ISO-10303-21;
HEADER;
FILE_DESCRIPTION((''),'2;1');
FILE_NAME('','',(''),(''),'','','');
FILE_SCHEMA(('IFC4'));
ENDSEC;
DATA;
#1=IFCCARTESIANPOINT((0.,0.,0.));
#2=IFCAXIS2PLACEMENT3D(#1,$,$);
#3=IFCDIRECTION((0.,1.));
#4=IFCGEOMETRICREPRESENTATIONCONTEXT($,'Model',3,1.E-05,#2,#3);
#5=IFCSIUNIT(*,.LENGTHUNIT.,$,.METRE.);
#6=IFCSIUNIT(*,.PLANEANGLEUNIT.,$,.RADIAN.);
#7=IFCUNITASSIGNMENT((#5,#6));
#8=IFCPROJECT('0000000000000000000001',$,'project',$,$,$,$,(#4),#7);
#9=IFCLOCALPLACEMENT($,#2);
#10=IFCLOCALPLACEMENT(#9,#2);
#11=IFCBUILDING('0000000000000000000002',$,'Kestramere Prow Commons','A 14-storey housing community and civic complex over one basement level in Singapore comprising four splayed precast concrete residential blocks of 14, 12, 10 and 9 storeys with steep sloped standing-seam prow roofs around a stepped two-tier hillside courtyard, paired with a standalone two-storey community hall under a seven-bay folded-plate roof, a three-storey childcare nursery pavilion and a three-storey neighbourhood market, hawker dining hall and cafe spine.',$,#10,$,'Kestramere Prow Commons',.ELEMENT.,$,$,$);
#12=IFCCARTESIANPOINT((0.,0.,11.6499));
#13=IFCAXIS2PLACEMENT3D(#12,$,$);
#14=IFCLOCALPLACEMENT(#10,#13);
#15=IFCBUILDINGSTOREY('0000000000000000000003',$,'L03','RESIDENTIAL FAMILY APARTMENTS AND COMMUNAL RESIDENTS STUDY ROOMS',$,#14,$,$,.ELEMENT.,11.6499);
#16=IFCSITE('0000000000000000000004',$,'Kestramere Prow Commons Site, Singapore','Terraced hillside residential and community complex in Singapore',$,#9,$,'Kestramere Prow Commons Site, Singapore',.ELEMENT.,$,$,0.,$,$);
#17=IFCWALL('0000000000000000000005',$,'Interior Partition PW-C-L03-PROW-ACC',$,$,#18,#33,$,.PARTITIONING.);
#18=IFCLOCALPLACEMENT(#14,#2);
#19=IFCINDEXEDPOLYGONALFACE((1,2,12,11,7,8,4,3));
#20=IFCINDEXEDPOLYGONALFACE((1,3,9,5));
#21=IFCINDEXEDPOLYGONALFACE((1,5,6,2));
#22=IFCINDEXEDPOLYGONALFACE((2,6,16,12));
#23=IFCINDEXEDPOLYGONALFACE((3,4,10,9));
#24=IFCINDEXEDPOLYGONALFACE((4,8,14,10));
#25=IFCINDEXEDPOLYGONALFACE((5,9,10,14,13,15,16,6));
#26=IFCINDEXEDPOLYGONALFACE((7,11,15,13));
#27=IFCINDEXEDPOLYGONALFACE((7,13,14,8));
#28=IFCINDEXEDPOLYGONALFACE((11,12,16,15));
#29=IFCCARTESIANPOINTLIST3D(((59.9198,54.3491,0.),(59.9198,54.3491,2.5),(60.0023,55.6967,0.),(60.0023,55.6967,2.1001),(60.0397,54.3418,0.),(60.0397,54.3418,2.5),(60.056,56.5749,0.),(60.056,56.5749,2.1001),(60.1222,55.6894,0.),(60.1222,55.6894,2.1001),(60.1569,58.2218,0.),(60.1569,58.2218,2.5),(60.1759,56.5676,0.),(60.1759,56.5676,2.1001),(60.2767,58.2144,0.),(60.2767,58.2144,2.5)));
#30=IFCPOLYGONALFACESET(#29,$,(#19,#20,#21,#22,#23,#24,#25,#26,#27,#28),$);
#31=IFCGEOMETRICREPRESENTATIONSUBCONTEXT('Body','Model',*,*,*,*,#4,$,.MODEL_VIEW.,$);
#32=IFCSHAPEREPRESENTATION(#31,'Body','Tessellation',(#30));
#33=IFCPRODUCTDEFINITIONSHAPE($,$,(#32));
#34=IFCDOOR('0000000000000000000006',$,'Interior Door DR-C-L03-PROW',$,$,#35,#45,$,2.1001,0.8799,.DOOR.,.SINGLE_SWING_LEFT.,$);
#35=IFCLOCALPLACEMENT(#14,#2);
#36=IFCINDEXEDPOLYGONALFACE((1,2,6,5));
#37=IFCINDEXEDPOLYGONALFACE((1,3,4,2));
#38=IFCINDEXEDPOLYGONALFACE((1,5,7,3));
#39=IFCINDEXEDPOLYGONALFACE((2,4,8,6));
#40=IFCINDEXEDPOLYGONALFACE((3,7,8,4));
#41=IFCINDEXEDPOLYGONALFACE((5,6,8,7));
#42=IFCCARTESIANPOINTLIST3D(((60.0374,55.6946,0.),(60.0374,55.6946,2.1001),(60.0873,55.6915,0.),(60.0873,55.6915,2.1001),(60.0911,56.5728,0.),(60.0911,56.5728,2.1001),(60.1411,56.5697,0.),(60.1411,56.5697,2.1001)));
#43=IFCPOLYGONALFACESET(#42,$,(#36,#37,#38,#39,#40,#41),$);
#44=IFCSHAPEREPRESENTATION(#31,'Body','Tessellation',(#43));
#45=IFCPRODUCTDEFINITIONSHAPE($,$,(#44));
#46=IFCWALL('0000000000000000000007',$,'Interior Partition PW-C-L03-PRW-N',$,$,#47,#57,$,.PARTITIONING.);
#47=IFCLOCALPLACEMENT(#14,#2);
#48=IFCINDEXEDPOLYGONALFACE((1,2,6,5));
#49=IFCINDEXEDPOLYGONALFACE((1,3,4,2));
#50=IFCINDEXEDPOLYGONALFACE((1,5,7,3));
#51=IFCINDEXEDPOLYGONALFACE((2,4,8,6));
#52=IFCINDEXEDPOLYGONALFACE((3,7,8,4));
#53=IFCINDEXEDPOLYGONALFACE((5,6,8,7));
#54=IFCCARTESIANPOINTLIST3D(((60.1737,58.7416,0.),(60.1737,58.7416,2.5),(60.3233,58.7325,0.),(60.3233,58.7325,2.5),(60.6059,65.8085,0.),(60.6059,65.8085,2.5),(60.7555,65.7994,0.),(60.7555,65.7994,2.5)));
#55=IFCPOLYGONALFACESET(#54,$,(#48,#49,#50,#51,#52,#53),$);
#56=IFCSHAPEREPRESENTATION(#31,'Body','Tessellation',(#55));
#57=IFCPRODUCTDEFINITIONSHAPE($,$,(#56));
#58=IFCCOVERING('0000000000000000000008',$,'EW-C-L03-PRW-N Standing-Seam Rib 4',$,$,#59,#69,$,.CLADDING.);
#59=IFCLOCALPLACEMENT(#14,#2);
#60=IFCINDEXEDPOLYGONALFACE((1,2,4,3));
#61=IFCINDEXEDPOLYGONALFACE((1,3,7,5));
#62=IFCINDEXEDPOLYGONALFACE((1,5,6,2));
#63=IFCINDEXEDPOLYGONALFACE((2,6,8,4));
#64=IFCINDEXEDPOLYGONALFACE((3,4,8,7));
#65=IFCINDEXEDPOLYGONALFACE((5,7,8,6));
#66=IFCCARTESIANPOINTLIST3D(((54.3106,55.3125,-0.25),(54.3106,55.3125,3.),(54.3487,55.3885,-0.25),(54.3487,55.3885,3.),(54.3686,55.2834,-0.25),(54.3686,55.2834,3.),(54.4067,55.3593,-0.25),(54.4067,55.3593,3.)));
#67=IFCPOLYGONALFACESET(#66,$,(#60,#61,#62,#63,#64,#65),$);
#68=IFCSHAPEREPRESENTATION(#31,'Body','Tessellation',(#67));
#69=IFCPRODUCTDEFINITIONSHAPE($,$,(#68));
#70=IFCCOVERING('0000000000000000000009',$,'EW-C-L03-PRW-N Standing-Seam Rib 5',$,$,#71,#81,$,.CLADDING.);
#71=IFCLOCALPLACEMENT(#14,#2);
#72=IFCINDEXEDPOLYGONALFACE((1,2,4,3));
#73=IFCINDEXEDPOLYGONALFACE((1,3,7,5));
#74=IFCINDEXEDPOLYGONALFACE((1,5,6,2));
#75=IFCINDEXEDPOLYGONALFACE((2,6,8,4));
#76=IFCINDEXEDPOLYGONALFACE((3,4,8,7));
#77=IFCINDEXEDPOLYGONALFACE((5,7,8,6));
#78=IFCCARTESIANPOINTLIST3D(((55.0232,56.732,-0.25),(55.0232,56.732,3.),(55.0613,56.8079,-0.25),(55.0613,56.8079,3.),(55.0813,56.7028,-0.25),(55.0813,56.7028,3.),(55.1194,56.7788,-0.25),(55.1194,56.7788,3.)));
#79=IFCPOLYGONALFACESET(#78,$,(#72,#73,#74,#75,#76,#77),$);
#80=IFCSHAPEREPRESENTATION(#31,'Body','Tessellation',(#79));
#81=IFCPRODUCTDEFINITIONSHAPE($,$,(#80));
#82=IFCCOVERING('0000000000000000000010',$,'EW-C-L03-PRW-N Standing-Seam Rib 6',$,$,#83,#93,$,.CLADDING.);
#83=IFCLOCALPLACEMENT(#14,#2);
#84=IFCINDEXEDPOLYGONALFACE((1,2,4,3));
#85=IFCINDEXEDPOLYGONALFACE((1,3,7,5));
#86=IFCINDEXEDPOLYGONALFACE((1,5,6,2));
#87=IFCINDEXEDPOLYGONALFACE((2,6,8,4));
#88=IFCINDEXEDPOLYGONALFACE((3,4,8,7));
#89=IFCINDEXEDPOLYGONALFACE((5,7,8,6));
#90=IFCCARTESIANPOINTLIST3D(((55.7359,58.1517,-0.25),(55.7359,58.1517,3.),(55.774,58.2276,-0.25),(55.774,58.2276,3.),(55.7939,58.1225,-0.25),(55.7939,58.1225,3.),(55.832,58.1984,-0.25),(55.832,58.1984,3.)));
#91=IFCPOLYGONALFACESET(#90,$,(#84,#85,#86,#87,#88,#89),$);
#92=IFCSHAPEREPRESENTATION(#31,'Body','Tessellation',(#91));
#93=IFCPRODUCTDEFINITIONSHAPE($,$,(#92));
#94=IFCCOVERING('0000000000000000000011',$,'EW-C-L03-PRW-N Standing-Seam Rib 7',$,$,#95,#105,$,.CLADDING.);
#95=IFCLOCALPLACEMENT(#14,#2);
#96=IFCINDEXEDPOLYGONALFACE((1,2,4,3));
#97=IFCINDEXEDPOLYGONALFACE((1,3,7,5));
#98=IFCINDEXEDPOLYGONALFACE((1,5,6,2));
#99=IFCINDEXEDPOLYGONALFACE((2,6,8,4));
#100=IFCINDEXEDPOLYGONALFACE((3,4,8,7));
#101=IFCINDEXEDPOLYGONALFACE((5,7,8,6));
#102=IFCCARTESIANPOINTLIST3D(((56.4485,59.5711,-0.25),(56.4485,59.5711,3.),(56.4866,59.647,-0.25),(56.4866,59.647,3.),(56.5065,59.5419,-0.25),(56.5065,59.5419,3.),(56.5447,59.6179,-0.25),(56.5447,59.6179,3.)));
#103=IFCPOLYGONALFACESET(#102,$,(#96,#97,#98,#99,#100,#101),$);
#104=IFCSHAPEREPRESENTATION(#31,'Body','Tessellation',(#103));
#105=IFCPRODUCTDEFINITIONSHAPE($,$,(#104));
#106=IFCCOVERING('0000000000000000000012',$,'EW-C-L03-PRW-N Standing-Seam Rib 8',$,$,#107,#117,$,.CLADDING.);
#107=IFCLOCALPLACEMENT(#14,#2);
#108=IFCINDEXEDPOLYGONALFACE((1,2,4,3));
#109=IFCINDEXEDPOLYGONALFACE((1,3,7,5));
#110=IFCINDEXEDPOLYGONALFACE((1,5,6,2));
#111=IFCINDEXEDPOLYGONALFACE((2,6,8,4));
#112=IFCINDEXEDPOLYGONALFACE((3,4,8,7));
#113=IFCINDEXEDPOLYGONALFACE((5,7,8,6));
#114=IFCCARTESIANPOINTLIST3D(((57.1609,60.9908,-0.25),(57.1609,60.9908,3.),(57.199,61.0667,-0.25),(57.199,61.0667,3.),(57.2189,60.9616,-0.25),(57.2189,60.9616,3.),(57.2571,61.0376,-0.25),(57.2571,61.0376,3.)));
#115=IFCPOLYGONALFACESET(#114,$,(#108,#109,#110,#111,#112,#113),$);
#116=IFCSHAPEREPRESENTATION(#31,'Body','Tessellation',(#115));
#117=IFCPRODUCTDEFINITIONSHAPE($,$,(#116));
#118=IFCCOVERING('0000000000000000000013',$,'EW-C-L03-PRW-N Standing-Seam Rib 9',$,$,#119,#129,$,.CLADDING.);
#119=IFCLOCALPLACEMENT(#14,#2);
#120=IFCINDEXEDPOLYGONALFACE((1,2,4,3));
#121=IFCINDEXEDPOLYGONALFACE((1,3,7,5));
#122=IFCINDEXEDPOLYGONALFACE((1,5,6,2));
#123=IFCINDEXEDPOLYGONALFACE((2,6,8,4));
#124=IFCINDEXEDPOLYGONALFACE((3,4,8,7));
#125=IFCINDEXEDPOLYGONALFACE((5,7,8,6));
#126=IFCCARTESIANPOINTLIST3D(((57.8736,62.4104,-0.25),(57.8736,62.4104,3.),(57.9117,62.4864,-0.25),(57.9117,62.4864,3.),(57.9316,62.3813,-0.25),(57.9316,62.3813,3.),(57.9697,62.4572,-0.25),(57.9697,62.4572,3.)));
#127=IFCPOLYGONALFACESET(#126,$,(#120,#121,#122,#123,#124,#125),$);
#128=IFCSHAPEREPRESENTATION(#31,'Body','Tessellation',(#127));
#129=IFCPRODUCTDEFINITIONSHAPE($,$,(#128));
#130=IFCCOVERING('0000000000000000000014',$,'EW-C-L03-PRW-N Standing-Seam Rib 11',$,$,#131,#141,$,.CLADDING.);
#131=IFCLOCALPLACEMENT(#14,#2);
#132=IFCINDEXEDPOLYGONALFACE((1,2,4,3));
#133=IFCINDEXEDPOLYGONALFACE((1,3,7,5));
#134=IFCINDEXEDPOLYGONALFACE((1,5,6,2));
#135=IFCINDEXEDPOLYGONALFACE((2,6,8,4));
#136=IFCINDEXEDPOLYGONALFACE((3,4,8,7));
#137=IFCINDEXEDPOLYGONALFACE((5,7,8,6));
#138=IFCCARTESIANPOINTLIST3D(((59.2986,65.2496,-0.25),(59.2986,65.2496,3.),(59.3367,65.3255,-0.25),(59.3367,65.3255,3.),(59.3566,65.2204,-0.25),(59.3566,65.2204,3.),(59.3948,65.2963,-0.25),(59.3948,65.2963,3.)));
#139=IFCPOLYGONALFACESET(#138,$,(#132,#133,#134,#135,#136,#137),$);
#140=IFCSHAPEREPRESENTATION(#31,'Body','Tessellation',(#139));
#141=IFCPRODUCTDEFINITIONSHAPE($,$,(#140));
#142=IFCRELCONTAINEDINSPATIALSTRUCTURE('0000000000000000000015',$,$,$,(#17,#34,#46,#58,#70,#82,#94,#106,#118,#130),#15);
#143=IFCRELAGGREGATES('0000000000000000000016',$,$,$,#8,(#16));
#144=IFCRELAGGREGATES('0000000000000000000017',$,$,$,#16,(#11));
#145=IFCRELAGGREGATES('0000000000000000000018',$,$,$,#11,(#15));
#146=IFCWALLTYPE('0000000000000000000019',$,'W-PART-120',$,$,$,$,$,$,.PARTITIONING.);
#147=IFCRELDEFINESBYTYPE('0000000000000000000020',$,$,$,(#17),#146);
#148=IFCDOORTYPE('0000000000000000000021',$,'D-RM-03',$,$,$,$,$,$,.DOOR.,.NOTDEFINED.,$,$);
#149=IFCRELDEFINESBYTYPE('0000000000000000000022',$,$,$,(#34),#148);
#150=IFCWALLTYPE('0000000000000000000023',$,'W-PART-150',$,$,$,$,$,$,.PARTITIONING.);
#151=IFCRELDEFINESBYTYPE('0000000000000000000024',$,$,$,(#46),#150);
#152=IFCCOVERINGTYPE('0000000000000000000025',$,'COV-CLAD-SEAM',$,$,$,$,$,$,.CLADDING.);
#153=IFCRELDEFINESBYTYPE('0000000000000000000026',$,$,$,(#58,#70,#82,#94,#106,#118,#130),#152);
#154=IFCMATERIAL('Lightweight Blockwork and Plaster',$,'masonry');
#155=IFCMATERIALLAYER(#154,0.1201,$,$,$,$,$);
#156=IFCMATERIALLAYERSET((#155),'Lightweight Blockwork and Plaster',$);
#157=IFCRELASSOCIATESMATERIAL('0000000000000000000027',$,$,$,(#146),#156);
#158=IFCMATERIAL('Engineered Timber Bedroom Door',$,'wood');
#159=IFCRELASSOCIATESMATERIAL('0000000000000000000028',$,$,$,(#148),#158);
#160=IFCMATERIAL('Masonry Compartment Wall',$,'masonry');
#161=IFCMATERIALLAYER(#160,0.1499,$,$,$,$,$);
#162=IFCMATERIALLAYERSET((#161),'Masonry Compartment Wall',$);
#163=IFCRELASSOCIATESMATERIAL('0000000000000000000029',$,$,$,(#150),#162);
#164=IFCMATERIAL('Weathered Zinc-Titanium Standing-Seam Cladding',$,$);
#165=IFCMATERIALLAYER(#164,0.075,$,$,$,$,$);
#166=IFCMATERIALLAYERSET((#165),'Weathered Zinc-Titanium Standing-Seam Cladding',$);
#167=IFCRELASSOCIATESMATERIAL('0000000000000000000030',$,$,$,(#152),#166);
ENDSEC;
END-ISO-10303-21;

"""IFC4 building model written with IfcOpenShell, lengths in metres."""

from ifc_helpers import new_model, si_unit, direction, frame, frame_2d, origin, origin_2d, place, context, subcontext, project, spatial, rectangle, extrude, material, layer, layer_set, type_object, element, fill, save


model = new_model("IFC4")

# Units and contexts
model_context = context("Model", 3, precision=1e-05, world=origin(), true_north=direction((0.0, 1.0)))
body_context = subcontext(model_context, "Body", "Model", "MODEL_VIEW")
ifc_project = project(units=[si_unit("LENGTHUNIT", "METRE"), si_unit("PLANEANGLEUNIT", "RADIAN")], contexts=[model_context])

# Site, building, storey
site_placement = place(None, origin())
site = spatial("IfcSite", under=ifc_project, at=site_placement, Name="Kestramere Prow Commons Site, Singapore", Description="Terraced hillside residential and community complex in Singapore", LongName="Kestramere Prow Commons Site, Singapore", CompositionType="ELEMENT", RefElevation=0.0)
building_placement = place(site_placement, origin())
building = spatial("IfcBuilding", under=site, at=building_placement, Name="Kestramere Prow Commons", Description="A 14-storey housing community and civic complex over one basement level in Singapore comprising four splayed precast concrete residential blocks of 14, 12, 10 and 9 storeys with steep sloped standing-seam prow roofs around a stepped two-tier hillside courtyard, paired with a standalone two-storey community hall under a seven-bay folded-plate roof, a three-storey childcare nursery pavilion and a three-storey neighbourhood market, hawker dining hall and cafe spine.", LongName="Kestramere Prow Commons", CompositionType="ELEMENT")
storey_placement = place(building_placement, frame((0.0, 0.0, 11.6499)))
storey = spatial("IfcBuildingStorey", under=building, at=storey_placement, Name="L03", Description="RESIDENTIAL FAMILY APARTMENTS AND COMMUNAL RESIDENTS STUDY ROOMS", CompositionType="ELEMENT", Elevation=11.6499)

# Wall, opening, door
ifc_material_1 = material(Name="Lightweight Blockwork and Plaster", Category="masonry")
ifc_layer_1 = layer(ifc_material_1, 0.1201)
ifc_layer_set_1 = layer_set([ifc_layer_1], Name="Lightweight Blockwork and Plaster")
wall_type_1 = type_object("IfcWallType", Name="W-PART-120", PredefinedType="PARTITIONING", material=ifc_layer_set_1)
wall_1_placement = place(storey_placement, frame((59.9797, 54.3455, 0.0), z_axis=(0.0, 0.0, 1.0), x_axis=(0.061101, 0.998132, 0.0)))
wall_1 = element("IfcWall", 1, at=wall_1_placement, inside=storey, type_object=wall_type_1, Name="Interior Partition PW-C-L03-PROW-ACC", PredefinedType="PARTITIONING", context=body_context, shape_type="SweptSolid", body=[
    extrude(rectangle(XDim=3.8799, YDim=0.1201, at=frame_2d((1.9399, 0.0))), origin(), (0.0, 0.0, 1.0), 2.5),
])
opening_1_placement = place(wall_1_placement, frame((1.3501, 0.0, 0.0)))
opening_1 = element("IfcOpeningElement", 2, at=opening_1_placement, cuts=wall_1, PredefinedType="OPENING", context=body_context, shape_type="SweptSolid", body=[
    extrude(rectangle(XDim=0.8799, YDim=2.1001, at=frame_2d((0.4399, 1.05))), frame((0.0, 0.075, 0.0), z_axis=(0.0, -1.0, 0.0), x_axis=(1.0, 0.0, 0.0)), (0.0, 0.0, 1.0), 0.1501),
])
ifc_material_2 = material(Name="Engineered Timber Bedroom Door", Category="wood")
door_type_1 = type_object("IfcDoorType", Name="D-RM-03", OperationType="NOTDEFINED", PredefinedType="DOOR", material=ifc_material_2)
door_1_placement = place(opening_1_placement, origin())
door_1 = element("IfcDoor", 3, at=door_1_placement, inside=storey, type_object=door_type_1, Name="Interior Door DR-C-L03-PROW", OperationType="SINGLE_SWING_LEFT", OverallHeight=2.1001, OverallWidth=0.8799, PredefinedType="DOOR", context=body_context, shape_type="SweptSolid", body=[
    extrude(rectangle(XDim=0.8799, YDim=2.1001, at=frame_2d((0.4399, 1.05))), frame((0.0, 0.0249, 0.0), z_axis=(0.0, -1.0, 0.0), x_axis=(1.0, 0.0, 0.0)), (0.0, 0.0, 1.0), 0.05),
])
fill(opening_1, door_1)

# Wall
ifc_material_3 = material(Name="Masonry Compartment Wall", Category="masonry")
ifc_layer_2 = layer(ifc_material_3, 0.1499)
ifc_layer_set_2 = layer_set([ifc_layer_2], Name="Masonry Compartment Wall")
wall_type_2 = type_object("IfcWallType", Name="W-PART-150", PredefinedType="PARTITIONING", material=ifc_layer_set_2)
wall_2_placement = place(storey_placement, frame((60.2485, 58.7371, 0.0), z_axis=(0.0, 0.0, 1.0), x_axis=(0.061034, 0.998136, 0.0)))
element("IfcWall", 4, at=wall_2_placement, inside=storey, type_object=wall_type_2, Name="Interior Partition PW-C-L03-PRW-N", PredefinedType="PARTITIONING", context=body_context, shape_type="SweptSolid", body=[
    extrude(rectangle(XDim=7.0801, YDim=0.1499, at=frame_2d((3.54, 0.0))), origin(), (0.0, 0.0, 1.0), 2.5),
])

# Coverings
ifc_material_4 = material(Name="Weathered Zinc-Titanium Standing-Seam Cladding")
ifc_layer_3 = layer(ifc_material_4, 0.075)
ifc_layer_set_3 = layer_set([ifc_layer_3], Name="Weathered Zinc-Titanium Standing-Seam Cladding")
covering_type = type_object("IfcCoveringType", Name="COV-CLAD-SEAM", PredefinedType="CLADDING", material=ifc_layer_set_3)
for number, where, z_axis, x_axis, name in (
    (5, (54.3586, 55.3359, -0.25), (0.0, 0.0, 1.0), (0.44862, 0.893722, 0.0), "EW-C-L03-PRW-N Standing-Seam Rib 4"),
    (6, (55.0713, 56.7554, -0.25), (0.0, 0.0, 1.0), (0.44862, 0.893722, 0.0), "EW-C-L03-PRW-N Standing-Seam Rib 5"),
    (7, (55.7839, 58.175, -0.25), (0.0, 0.0, 1.0), (0.44862, 0.893722, 0.0), "EW-C-L03-PRW-N Standing-Seam Rib 6"),
    (8, (56.4966, 59.5945, -0.25), (0.0, 0.0, 1.0), (0.44862, 0.893722, 0.0), "EW-C-L03-PRW-N Standing-Seam Rib 7"),
    (9, (57.209, 61.0142, -0.25), (0.0, 0.0, 1.0), (0.44862, 0.893722, 0.0), "EW-C-L03-PRW-N Standing-Seam Rib 8"),
    (10, (57.9216, 62.4338, -0.25), (0.0, 0.0, 1.0), (0.44862, 0.893722, 0.0), "EW-C-L03-PRW-N Standing-Seam Rib 9"),
    (11, (59.3467, 65.2729, -0.25), (0.0, 0.0, 1.0), (0.44862, 0.893722, 0.0), "EW-C-L03-PRW-N Standing-Seam Rib 11"),
):
    element("IfcCovering", number, at=place(storey_placement, frame(where, z_axis=z_axis, x_axis=x_axis)), inside=storey, type_object=covering_type, Name=name, PredefinedType="CLADDING", context=body_context, shape_type="SweptSolid", body=[
        extrude(rectangle(XDim=0.085, YDim=0.0649, at=origin_2d()), origin(), (0.0, 0.0, 1.0), 3.25),
    ])

save(model, "model.ifc")
